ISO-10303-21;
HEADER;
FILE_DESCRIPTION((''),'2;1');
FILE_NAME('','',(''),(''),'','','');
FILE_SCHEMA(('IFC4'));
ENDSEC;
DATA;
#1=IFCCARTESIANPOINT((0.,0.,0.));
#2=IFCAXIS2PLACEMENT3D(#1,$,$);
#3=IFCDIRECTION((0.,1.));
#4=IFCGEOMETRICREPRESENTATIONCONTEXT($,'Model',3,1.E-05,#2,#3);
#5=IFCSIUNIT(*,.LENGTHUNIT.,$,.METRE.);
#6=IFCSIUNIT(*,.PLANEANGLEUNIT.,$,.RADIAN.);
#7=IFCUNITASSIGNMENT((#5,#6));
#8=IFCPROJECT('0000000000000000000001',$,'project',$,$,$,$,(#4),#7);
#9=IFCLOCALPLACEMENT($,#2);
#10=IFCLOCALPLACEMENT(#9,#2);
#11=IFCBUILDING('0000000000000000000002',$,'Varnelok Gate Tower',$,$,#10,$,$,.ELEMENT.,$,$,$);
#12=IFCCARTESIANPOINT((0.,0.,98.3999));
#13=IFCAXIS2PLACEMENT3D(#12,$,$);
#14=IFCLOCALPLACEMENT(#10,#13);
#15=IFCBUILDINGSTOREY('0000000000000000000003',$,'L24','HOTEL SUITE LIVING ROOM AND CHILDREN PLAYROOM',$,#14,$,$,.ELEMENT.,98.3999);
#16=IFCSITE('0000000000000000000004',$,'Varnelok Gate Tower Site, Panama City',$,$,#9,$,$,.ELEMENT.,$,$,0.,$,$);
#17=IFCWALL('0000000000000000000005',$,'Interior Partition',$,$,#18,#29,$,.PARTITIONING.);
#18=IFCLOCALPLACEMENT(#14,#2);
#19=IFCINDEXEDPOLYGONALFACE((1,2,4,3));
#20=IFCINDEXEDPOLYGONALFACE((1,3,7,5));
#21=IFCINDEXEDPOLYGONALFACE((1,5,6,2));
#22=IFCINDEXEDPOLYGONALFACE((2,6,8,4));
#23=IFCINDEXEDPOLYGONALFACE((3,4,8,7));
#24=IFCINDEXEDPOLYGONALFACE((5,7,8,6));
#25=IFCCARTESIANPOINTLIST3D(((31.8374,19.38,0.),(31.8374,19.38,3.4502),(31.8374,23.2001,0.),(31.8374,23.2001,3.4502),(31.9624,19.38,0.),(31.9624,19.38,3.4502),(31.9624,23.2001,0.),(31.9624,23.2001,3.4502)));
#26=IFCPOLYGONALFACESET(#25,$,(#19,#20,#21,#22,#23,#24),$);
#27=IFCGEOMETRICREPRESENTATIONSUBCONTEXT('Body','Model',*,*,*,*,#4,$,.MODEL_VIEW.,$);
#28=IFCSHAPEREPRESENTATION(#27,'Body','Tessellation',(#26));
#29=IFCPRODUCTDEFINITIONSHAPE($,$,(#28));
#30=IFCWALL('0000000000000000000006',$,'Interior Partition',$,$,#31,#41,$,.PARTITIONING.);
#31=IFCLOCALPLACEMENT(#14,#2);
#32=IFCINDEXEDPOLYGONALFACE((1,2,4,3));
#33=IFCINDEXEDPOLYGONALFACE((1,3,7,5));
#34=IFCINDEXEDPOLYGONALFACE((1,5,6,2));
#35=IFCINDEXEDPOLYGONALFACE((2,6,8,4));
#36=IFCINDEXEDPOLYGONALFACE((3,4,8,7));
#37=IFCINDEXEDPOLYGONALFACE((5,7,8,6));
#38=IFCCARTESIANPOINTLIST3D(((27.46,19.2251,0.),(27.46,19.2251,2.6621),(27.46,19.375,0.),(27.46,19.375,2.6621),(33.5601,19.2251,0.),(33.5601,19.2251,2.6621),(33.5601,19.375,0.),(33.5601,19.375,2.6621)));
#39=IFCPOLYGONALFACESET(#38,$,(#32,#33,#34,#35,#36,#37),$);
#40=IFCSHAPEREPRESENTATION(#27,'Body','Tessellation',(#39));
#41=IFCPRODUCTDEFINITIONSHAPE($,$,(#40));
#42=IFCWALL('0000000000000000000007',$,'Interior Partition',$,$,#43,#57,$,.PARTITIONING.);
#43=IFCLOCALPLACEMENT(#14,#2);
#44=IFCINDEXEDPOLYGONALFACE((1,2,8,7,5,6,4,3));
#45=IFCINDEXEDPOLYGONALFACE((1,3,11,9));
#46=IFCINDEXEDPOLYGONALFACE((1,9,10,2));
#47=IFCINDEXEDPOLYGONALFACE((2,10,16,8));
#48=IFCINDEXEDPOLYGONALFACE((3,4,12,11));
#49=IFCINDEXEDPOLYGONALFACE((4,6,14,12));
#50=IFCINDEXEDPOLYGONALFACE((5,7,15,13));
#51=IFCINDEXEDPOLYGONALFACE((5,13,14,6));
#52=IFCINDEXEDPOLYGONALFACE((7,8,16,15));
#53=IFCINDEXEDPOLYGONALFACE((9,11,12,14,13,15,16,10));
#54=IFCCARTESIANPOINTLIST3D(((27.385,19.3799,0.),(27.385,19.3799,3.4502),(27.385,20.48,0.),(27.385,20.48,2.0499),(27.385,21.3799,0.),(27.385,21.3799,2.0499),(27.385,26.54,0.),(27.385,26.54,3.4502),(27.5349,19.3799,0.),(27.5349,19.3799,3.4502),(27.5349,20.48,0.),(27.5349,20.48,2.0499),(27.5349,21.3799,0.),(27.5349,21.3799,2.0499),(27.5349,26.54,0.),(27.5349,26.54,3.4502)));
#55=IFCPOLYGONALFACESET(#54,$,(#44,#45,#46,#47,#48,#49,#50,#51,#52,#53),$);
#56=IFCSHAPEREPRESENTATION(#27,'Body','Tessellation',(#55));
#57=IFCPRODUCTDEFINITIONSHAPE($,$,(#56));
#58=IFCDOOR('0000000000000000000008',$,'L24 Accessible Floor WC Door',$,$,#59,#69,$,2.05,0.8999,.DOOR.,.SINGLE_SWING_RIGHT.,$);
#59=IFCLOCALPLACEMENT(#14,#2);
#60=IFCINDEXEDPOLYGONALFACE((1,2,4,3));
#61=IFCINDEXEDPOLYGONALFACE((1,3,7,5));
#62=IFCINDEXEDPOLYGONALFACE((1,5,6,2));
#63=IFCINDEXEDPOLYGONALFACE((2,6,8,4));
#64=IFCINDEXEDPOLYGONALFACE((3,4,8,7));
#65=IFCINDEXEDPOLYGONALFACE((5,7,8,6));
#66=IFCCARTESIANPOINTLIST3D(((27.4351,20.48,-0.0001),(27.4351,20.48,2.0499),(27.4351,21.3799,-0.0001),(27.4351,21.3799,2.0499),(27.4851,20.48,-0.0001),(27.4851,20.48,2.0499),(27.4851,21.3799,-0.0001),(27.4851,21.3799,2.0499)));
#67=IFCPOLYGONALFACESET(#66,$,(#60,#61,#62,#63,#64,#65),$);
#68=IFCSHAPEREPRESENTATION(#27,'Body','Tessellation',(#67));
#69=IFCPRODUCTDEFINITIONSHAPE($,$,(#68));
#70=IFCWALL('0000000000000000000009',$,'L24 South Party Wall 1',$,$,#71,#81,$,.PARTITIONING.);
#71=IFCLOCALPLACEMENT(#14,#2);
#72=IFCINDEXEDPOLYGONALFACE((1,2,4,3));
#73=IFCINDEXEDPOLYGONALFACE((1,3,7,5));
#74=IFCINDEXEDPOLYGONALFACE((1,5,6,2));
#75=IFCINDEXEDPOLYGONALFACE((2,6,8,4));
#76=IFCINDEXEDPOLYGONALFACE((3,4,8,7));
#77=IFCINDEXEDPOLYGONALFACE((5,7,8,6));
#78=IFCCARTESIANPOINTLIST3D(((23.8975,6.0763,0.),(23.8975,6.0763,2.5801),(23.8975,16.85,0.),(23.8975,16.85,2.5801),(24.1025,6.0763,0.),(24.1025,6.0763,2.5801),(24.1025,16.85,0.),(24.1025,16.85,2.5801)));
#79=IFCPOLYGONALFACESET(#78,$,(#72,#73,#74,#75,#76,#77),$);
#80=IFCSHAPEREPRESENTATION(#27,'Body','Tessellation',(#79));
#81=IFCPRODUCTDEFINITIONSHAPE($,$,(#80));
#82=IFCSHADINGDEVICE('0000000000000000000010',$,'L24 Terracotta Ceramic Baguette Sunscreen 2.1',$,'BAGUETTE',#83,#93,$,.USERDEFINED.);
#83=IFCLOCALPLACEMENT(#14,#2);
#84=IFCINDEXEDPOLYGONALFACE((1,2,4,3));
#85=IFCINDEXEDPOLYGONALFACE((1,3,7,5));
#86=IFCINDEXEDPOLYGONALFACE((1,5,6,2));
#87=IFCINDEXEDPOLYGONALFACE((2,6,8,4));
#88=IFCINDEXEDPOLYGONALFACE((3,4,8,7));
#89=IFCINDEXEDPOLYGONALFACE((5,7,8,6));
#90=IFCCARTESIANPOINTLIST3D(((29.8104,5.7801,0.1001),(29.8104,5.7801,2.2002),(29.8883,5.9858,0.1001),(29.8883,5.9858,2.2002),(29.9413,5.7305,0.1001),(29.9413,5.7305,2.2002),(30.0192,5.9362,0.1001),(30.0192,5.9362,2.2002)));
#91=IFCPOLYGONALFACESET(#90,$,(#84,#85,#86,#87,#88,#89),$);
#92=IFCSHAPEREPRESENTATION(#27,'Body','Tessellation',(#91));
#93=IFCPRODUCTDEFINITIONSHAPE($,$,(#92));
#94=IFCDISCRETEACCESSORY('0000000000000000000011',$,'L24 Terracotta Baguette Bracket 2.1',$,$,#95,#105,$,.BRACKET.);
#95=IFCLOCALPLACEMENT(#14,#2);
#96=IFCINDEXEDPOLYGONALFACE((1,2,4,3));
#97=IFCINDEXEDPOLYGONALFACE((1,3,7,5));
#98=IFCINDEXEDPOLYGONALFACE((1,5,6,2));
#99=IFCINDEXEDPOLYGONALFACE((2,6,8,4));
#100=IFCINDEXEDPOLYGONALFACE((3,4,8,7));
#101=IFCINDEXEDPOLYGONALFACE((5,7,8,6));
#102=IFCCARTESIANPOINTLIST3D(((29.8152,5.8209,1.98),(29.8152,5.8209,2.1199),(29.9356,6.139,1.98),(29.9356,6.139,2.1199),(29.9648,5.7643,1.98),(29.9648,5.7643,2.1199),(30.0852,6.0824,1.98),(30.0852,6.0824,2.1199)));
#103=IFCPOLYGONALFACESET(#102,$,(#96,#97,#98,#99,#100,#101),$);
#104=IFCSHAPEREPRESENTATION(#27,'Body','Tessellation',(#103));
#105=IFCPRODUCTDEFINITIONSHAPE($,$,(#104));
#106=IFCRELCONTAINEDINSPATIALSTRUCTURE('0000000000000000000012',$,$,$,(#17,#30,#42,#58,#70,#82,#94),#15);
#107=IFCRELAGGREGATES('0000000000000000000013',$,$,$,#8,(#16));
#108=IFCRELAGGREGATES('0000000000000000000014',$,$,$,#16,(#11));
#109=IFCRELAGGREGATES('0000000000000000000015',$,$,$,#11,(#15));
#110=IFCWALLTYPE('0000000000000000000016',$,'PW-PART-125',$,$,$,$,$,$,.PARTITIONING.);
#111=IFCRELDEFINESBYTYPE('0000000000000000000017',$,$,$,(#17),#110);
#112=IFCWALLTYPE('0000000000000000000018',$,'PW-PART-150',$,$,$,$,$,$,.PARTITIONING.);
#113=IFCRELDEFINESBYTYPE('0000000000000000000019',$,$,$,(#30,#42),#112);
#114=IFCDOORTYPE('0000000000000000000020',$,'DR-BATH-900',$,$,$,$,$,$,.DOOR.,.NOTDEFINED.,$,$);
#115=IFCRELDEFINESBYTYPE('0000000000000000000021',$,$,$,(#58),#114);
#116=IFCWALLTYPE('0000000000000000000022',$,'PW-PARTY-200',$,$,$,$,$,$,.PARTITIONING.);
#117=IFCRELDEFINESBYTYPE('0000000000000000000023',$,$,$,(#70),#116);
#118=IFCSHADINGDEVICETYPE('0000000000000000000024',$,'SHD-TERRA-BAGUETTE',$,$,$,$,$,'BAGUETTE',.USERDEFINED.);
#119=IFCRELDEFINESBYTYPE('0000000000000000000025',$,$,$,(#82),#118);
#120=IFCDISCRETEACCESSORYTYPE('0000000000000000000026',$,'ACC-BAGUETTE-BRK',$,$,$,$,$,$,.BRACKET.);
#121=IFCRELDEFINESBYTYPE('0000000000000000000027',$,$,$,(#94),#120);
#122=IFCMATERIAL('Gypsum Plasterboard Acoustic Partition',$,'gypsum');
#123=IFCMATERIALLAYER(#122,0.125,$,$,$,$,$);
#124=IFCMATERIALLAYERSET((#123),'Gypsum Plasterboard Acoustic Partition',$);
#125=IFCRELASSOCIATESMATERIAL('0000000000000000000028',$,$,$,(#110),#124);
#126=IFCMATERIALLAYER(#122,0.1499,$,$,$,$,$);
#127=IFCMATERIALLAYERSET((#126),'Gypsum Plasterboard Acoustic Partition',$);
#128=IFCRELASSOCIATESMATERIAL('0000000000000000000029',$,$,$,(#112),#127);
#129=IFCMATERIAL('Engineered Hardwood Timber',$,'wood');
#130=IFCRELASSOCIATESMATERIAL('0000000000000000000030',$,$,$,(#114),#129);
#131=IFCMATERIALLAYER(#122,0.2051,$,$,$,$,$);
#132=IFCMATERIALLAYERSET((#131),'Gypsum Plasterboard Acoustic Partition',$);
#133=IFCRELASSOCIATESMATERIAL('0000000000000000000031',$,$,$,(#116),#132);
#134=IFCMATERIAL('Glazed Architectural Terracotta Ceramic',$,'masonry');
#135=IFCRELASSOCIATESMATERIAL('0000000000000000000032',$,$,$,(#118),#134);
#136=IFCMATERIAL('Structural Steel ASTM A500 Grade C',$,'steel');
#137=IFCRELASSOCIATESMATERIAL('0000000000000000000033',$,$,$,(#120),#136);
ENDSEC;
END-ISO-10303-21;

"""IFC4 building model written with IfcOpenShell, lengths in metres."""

from ifc_helpers import new_model, si_unit, direction, frame, frame_2d, origin, origin_2d, place, context, subcontext, project, spatial, rectangle, extrude, source, transform, mapped, material, layer, layer_set, type_object, element, fill, save


model = new_model("IFC4")

# Units and contexts
model_context = context("Model", 3, precision=1e-05, world=origin(), true_north=direction((0.0, 1.0)))
body_context = subcontext(model_context, "Body", "Model", "MODEL_VIEW")
ifc_project = project(units=[si_unit("LENGTHUNIT", "METRE"), si_unit("PLANEANGLEUNIT", "RADIAN")], contexts=[model_context])

# Site, building, storey
site_placement = place(None, origin())
site = spatial("IfcSite", under=ifc_project, at=site_placement, Name="Varnelok Gate Tower Site, Panama City", CompositionType="ELEMENT", RefElevation=0.0)
building_placement = place(site_placement, origin())
building = spatial("IfcBuilding", under=site, at=building_placement, Name="Varnelok Gate Tower", CompositionType="ELEMENT")
storey_placement = place(building_placement, frame((0.0, 0.0, 98.3999)))
storey = spatial("IfcBuildingStorey", under=building, at=storey_placement, Name="L24", Description="HOTEL SUITE LIVING ROOM AND CHILDREN PLAYROOM", CompositionType="ELEMENT", Elevation=98.3999)

# Shared definitions
ifc_material_1 = material(Name="Gypsum Plasterboard Acoustic Partition", Category="gypsum")
ifc_material_2 = material(Name="Engineered Hardwood Timber", Category="wood")

# Walls
ifc_layer_1 = layer(ifc_material_1, 0.125)
ifc_layer_set_1 = layer_set([ifc_layer_1], Name="Gypsum Plasterboard Acoustic Partition")
wall_type_1 = type_object("IfcWallType", Name="PW-PART-125", PredefinedType="PARTITIONING", material=ifc_layer_set_1)
for number, where, z_axis, x_axis, name in (
    (1, (31.8999, 19.3799, 0.0), (0.0, 0.0, 1.0), (0.0, 1.0, 0.0), "Interior Partition"),
):
    element("IfcWall", number, at=place(storey_placement, frame(where, z_axis=z_axis, x_axis=x_axis)), inside=storey, type_object=wall_type_1, Name=name, PredefinedType="PARTITIONING", context=body_context, shape_type="SweptSolid", body=[
        extrude(rectangle(XDim=3.8201, YDim=0.125, at=frame_2d((1.9102, 0.0))), origin(), (0.0, 0.0, 1.0), 3.4502),
    ])
ifc_layer_2 = layer(ifc_material_1, 0.1499)
ifc_layer_set_2 = layer_set([ifc_layer_2], Name="Gypsum Plasterboard Acoustic Partition")
wall_type_2 = type_object("IfcWallType", Name="PW-PART-150", PredefinedType="PARTITIONING", material=ifc_layer_set_2)
wall_1_placement = place(storey_placement, frame((27.46, 19.3, 0.0), z_axis=(0.0, 0.0, 1.0), x_axis=(1.0, 0.0, 0.0)))
element("IfcWall", 2, at=wall_1_placement, inside=storey, type_object=wall_type_2, Name="Interior Partition", PredefinedType="PARTITIONING", context=body_context, shape_type="SweptSolid", body=[
    extrude(rectangle(XDim=6.1001, YDim=0.1499, at=frame_2d((3.05, 0.0))), origin(), (0.0, 0.0, 1.0), 2.6621),
])

# Wall, opening, door
wall_2_placement = place(storey_placement, frame((27.46, 19.3799, 0.0), z_axis=(0.0, 0.0, 1.0), x_axis=(0.0, 1.0, 0.0)))
wall_2 = element("IfcWall", 3, at=wall_2_placement, inside=storey, type_object=wall_type_2, Name="Interior Partition", PredefinedType="PARTITIONING", context=body_context, shape_type="SweptSolid", body=[
    extrude(rectangle(XDim=7.1602, YDim=0.1499, at=frame_2d((3.5801, 0.0))), origin(), (0.0, 0.0, 1.0), 3.4502),
])
opening_1_placement = place(wall_2_placement, frame((1.1001, 0.0, 0.0)))
opening_1 = element("IfcOpeningElement", 4, at=opening_1_placement, cuts=wall_2, PredefinedType="OPENING", context=body_context, shape_type="SweptSolid", body=[
    extrude(rectangle(XDim=0.8999, YDim=2.05, at=frame_2d((0.45, 1.0249))), frame((0.0, 0.085, 0.0), z_axis=(0.0, -1.0, 0.0), x_axis=(1.0, 0.0, 0.0)), (0.0, 0.0, 1.0), 0.1699),
])
door_type_1 = type_object("IfcDoorType", Name="DR-BATH-900", OperationType="NOTDEFINED", PredefinedType="DOOR", material=ifc_material_2)
door_1_placement = place(opening_1_placement, origin())
door_1 = element("IfcDoor", 5, at=door_1_placement, inside=storey, type_object=door_type_1, Name="L24 Accessible Floor WC Door", OperationType="SINGLE_SWING_RIGHT", OverallHeight=2.05, OverallWidth=0.8999, PredefinedType="DOOR", context=body_context, shape_type="SweptSolid", body=[
    extrude(rectangle(XDim=0.8999, YDim=2.05, at=frame_2d((0.45, 1.0249))), frame((0.0, 0.0249, 0.0), z_axis=(0.0, -1.0, 0.0), x_axis=(1.0, 0.0, 0.0)), (0.0, 0.0, 1.0), 0.05),
])
fill(opening_1, door_1)

# Wall
ifc_layer_3 = layer(ifc_material_1, 0.2051)
ifc_layer_set_3 = layer_set([ifc_layer_3], Name="Gypsum Plasterboard Acoustic Partition")
wall_type_3 = type_object("IfcWallType", Name="PW-PARTY-200", PredefinedType="PARTITIONING", material=ifc_layer_set_3)
wall_3_placement = place(storey_placement, frame((24.0, 6.0764, 0.0), z_axis=(0.0, 0.0, 1.0), x_axis=(0.0, 1.0, 0.0)))
element("IfcWall", 6, at=wall_3_placement, inside=storey, type_object=wall_type_3, Name="L24 South Party Wall 1", PredefinedType="PARTITIONING", context=body_context, shape_type="SweptSolid", body=[
    extrude(rectangle(XDim=10.7737, YDim=0.2051, at=frame_2d((5.3867, 0.0))), origin(), (0.0, 0.0, 1.0), 2.5801),
])

# Shading device
ifc_material_3 = material(Name="Glazed Architectural Terracotta Ceramic", Category="masonry")
shading_device_type = type_object("IfcShadingDeviceType", Name="SHD-TERRA-BAGUETTE", ElementType="BAGUETTE", PredefinedType="USERDEFINED", material=ifc_material_3)
shared_shape_1 = source(origin(), body_context, "Body", "SweptSolid", [
    extrude(rectangle(XDim=0.1399, YDim=0.22, at=origin_2d()), origin(), (0.0, 0.0, 1.0), 2.1001),
])
shading_device_placement = place(storey_placement, frame((29.9148, 5.8582, 0.1001), z_axis=(0.0, 0.0, 1.0), x_axis=(0.935222, -0.354063, 0.0)))
element("IfcShadingDevice", 7, at=shading_device_placement, inside=storey, type_object=shading_device_type, Name="L24 Terracotta Ceramic Baguette Sunscreen 2.1", ObjectType="BAGUETTE", PredefinedType="USERDEFINED", context=body_context, shape_type="MappedRepresentation", body=[
    mapped(shared_shape_1, transform((0.0, 0.0, 0.0), scale=1.0)),
])

# Discrete accessory
ifc_material_4 = material(Name="Structural Steel ASTM A500 Grade C", Category="steel")
discrete_accessory_type = type_object("IfcDiscreteAccessoryType", Name="ACC-BAGUETTE-BRK", PredefinedType="BRACKET", material=ifc_material_4)
shared_shape_2 = source(origin(), body_context, "Body", "SweptSolid", [
    extrude(rectangle(XDim=0.1599, YDim=0.3401, at=origin_2d()), origin(), (0.0, 0.0, 1.0), 0.1399),
])
discrete_accessory_placement = place(storey_placement, frame((29.9502, 5.9517, 1.98), z_axis=(0.0, 0.0, 1.0), x_axis=(0.935222, -0.354063, 0.0)))
element("IfcDiscreteAccessory", 8, at=discrete_accessory_placement, inside=storey, type_object=discrete_accessory_type, Name="L24 Terracotta Baguette Bracket 2.1", PredefinedType="BRACKET", context=body_context, shape_type="MappedRepresentation", body=[
    mapped(shared_shape_2, transform((0.0, 0.0, 0.0), scale=1.0)),
])

save(model, "model.ifc")
